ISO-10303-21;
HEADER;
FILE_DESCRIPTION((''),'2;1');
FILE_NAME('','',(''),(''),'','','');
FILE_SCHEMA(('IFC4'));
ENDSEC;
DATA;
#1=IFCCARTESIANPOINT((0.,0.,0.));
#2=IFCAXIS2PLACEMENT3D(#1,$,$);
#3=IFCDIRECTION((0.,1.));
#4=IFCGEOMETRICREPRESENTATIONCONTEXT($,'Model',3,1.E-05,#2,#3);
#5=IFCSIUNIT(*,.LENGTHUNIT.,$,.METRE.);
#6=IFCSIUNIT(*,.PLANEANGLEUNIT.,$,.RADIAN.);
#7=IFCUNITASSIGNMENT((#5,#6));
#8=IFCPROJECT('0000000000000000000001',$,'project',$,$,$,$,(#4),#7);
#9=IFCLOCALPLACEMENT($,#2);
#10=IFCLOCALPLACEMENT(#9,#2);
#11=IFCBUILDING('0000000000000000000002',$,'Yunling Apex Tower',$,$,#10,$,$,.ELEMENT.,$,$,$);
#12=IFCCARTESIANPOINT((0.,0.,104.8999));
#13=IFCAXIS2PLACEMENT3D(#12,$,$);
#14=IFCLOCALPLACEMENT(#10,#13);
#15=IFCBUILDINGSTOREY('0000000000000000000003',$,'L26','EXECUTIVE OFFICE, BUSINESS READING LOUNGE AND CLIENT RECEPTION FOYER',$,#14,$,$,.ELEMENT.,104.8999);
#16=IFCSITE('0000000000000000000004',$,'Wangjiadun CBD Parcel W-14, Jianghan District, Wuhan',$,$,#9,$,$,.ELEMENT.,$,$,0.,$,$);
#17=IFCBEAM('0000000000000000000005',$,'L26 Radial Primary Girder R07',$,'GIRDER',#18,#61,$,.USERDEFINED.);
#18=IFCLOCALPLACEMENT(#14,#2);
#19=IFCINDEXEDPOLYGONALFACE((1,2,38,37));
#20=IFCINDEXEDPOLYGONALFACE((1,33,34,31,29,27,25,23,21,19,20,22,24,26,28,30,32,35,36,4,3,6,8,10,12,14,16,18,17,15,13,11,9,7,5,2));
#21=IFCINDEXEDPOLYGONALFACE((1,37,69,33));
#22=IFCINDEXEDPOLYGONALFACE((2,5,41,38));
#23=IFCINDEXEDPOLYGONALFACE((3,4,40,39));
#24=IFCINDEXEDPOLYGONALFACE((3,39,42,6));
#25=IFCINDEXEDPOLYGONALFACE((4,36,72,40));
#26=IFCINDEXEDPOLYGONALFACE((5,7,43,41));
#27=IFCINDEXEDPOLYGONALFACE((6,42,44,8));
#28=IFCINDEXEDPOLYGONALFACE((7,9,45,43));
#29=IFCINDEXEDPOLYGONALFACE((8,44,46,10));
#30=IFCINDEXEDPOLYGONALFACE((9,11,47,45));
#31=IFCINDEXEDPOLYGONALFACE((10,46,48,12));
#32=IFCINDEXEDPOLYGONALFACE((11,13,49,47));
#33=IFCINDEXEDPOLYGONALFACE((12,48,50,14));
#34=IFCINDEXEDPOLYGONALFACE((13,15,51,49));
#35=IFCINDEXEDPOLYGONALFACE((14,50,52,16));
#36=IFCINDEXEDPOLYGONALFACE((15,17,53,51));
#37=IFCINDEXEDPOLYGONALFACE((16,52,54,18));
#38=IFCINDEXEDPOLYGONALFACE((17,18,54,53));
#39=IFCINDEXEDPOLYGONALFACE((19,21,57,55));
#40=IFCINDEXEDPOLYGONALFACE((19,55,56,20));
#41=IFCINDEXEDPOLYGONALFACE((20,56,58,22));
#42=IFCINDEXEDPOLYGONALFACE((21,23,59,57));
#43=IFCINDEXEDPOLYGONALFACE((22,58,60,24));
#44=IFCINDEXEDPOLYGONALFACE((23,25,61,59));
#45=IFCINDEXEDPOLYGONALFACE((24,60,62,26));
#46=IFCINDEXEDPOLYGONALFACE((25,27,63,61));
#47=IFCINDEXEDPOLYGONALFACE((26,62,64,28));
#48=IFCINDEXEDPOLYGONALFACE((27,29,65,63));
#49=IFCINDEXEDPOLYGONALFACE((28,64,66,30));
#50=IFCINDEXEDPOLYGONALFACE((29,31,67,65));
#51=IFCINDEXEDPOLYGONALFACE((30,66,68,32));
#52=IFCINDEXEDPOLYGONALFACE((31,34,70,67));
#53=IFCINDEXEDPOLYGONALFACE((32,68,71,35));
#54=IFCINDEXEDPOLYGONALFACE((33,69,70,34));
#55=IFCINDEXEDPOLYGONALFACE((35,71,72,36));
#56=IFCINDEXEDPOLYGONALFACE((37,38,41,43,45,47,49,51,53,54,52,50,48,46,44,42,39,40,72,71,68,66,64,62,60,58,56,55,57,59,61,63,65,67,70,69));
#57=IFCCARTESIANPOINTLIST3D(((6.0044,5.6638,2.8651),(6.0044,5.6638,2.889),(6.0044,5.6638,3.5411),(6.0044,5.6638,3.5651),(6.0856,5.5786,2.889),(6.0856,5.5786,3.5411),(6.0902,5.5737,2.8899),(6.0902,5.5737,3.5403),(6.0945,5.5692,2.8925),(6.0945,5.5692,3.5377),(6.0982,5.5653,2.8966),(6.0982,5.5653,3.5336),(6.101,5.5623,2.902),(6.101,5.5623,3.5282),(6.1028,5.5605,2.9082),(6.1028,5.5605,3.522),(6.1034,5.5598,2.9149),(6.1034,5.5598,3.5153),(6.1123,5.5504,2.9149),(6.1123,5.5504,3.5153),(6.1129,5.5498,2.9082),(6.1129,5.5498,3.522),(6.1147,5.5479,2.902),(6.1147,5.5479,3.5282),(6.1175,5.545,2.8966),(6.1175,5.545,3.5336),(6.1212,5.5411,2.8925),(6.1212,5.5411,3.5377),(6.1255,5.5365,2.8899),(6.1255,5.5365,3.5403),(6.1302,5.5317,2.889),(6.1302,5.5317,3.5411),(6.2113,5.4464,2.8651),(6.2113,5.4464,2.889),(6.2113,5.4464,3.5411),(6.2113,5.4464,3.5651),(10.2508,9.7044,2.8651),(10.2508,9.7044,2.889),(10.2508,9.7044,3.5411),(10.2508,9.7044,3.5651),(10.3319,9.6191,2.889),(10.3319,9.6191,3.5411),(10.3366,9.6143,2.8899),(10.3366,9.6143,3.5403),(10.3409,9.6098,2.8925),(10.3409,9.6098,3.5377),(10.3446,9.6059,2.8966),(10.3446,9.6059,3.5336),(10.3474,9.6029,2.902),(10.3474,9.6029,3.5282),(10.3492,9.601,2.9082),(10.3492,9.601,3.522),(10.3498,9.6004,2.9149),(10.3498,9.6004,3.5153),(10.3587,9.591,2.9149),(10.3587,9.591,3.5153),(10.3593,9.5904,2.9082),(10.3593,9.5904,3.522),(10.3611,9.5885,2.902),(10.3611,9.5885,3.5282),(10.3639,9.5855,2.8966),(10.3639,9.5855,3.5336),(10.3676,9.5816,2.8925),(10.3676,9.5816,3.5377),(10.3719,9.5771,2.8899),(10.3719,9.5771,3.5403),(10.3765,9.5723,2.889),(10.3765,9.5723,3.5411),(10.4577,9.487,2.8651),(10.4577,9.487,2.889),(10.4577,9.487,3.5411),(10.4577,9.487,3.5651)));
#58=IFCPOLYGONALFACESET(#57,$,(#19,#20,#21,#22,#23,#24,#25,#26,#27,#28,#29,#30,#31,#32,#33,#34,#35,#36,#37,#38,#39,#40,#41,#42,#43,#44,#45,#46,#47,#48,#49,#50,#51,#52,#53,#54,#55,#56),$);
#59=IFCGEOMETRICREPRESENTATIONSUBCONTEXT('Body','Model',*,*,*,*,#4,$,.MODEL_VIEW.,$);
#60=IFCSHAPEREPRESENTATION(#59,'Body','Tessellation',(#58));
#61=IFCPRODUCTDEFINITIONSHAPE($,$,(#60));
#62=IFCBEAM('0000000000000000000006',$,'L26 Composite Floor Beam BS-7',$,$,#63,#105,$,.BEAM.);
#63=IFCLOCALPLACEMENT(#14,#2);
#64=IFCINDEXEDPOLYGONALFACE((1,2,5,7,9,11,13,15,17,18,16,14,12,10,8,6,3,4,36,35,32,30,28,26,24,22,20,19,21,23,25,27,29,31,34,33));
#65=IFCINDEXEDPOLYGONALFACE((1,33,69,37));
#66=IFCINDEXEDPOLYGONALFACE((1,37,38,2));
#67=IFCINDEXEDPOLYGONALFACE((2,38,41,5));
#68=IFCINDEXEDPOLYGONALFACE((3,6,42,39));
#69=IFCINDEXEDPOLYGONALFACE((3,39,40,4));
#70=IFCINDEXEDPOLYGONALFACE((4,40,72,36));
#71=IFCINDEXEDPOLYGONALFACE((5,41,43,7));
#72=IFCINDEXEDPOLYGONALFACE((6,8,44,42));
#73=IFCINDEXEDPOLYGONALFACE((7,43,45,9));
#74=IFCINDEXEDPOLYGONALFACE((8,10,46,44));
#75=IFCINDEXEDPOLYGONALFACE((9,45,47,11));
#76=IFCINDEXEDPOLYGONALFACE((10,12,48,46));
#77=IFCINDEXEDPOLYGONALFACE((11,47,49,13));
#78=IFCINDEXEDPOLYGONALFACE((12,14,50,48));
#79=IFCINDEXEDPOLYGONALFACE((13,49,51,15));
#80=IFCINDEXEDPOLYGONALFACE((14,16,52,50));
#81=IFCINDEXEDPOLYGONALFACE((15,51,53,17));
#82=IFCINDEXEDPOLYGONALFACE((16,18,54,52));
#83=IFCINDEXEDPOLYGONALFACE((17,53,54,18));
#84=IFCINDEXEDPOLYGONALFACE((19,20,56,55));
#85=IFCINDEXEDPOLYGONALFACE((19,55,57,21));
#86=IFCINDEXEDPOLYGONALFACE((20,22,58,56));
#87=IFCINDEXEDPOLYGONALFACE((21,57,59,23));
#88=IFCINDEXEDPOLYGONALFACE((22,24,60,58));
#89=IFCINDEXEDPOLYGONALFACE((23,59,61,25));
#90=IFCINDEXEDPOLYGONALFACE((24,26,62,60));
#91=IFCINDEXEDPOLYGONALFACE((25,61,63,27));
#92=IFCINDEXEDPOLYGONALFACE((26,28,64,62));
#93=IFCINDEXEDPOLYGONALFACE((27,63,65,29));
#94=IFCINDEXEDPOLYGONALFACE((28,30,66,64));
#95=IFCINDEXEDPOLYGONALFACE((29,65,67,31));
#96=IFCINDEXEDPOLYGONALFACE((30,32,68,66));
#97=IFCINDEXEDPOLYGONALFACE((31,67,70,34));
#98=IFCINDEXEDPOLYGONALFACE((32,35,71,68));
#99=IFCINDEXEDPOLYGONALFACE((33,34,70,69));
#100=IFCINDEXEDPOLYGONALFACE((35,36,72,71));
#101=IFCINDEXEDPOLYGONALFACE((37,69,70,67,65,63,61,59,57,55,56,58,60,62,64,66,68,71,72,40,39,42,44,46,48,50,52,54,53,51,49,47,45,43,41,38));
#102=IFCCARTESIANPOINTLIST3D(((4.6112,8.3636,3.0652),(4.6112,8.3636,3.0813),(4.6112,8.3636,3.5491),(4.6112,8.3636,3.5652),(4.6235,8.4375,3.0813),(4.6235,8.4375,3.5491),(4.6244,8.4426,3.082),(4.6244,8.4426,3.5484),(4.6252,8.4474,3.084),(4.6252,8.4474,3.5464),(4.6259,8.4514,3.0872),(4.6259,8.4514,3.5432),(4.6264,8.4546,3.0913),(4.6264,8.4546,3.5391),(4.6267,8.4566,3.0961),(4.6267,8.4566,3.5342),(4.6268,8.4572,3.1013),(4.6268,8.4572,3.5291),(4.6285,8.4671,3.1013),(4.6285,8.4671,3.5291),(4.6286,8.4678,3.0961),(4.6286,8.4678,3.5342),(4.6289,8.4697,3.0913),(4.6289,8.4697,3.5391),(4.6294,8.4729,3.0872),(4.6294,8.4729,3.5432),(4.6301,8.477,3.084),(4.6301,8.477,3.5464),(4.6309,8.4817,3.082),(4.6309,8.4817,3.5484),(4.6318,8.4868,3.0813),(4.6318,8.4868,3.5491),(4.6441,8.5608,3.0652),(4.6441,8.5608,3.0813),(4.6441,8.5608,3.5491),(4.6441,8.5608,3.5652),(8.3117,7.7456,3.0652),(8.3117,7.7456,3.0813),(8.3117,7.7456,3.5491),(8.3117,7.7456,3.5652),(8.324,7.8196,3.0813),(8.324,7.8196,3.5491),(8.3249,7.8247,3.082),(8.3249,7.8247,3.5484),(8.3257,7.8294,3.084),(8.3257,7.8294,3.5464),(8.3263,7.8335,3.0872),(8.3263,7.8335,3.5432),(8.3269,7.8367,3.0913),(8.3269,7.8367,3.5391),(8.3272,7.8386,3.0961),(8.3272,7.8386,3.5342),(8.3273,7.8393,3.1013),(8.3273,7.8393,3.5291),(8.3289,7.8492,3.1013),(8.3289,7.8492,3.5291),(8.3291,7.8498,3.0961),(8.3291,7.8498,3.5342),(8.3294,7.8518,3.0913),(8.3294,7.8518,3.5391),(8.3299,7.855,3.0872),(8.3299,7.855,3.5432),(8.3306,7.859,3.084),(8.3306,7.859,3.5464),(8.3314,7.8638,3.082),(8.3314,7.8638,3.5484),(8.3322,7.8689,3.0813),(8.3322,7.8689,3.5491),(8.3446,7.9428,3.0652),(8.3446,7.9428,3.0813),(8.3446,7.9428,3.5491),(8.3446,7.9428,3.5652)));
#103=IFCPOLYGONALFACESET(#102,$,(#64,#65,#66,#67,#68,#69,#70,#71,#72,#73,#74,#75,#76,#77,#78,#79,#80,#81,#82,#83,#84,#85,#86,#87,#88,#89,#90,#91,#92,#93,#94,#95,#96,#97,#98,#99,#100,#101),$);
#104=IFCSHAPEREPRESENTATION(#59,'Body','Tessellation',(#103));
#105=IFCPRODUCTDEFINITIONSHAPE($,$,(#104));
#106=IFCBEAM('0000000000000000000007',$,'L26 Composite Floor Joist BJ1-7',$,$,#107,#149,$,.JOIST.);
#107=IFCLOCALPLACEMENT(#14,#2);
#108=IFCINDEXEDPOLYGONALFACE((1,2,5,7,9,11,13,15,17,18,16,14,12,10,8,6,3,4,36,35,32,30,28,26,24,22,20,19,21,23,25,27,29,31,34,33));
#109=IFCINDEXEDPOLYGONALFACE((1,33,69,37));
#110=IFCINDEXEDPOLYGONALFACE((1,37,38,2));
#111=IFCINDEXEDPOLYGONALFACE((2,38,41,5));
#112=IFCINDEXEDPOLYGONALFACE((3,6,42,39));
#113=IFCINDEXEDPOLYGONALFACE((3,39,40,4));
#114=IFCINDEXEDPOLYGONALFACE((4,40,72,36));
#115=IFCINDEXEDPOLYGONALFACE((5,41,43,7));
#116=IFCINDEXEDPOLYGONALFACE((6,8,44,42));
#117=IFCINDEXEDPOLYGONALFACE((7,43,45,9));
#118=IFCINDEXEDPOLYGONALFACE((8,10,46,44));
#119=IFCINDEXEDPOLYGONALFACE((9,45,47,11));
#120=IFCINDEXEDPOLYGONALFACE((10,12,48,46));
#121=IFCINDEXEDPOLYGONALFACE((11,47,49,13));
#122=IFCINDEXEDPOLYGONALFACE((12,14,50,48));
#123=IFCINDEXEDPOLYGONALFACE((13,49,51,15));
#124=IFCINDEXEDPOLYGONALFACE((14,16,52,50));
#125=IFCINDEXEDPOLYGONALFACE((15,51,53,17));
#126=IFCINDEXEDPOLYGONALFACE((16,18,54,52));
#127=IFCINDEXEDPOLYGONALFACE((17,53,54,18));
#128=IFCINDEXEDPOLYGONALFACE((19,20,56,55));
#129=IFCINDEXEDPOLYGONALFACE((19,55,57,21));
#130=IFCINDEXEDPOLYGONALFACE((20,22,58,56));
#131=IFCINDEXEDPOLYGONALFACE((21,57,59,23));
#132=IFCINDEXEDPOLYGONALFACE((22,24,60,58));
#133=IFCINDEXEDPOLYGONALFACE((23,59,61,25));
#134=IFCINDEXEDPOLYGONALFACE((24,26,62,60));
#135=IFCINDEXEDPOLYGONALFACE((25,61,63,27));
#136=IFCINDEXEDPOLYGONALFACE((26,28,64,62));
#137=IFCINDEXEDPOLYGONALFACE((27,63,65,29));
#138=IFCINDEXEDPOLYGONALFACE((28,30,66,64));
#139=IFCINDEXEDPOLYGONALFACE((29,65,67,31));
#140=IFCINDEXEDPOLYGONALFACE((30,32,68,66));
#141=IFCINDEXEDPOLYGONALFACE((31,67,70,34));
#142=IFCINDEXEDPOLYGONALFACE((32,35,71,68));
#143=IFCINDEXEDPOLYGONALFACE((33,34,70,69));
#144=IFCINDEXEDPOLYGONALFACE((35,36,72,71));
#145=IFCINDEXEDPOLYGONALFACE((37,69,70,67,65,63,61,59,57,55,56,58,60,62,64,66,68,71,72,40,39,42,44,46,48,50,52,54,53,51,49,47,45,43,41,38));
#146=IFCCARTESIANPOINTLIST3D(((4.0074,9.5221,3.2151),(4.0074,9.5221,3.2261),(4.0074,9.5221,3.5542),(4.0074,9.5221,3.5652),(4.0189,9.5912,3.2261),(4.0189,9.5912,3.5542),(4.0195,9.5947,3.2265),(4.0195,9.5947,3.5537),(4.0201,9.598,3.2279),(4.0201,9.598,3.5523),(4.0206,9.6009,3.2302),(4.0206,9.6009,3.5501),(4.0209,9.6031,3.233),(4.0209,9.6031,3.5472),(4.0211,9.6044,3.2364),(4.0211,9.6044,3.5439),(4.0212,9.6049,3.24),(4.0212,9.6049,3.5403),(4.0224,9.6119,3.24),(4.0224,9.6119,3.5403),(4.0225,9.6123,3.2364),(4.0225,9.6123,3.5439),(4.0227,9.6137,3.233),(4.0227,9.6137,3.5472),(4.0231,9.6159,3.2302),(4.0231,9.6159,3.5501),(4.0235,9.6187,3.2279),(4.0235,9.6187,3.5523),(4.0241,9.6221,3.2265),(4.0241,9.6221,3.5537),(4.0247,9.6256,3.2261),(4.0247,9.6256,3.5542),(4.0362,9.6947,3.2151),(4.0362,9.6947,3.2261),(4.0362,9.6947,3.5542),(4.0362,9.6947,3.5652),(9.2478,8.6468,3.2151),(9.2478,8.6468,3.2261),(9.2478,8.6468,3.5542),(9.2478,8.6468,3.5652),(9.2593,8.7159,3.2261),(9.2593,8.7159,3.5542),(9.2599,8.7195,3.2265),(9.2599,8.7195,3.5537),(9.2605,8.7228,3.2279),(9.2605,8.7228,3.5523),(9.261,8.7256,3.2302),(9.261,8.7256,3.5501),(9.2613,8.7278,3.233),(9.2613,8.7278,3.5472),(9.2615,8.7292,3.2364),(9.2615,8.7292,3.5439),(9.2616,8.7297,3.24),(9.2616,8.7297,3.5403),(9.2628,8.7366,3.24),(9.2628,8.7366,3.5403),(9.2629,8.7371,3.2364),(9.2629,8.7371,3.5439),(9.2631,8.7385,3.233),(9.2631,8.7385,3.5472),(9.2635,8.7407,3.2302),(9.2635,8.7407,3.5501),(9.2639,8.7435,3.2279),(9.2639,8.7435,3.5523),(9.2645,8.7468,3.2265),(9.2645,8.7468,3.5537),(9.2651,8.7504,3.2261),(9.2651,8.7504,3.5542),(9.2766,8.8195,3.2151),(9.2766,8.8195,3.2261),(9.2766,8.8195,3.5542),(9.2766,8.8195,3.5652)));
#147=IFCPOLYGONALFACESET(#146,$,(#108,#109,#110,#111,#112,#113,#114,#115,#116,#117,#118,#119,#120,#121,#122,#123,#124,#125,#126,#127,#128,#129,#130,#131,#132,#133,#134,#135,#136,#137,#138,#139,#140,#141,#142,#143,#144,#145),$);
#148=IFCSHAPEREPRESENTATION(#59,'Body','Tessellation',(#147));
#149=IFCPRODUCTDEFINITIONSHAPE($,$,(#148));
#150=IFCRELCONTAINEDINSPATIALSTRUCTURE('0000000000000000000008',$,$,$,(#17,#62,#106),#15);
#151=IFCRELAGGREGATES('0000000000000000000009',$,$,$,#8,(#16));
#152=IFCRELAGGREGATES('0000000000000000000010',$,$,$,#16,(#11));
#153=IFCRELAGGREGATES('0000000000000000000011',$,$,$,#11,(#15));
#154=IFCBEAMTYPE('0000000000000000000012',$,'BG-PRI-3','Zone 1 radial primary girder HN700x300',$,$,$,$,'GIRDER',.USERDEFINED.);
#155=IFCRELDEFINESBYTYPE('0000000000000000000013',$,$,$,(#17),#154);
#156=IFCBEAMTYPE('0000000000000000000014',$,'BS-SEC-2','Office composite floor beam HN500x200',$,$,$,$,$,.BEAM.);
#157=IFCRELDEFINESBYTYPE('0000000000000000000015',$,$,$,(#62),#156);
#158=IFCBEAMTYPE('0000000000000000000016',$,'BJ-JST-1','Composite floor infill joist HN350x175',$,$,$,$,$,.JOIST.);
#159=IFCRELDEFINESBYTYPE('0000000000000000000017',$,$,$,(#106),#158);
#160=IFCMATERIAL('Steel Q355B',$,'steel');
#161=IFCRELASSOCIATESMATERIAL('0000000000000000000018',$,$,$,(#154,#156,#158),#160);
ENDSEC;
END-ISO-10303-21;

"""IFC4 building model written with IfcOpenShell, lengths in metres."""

from ifc_helpers import new_model, si_unit, direction, frame, origin, origin_2d, place, context, subcontext, project, spatial, i_section, extrude, source, transform, mapped, material, material_profile, profile_set, type_object, element, save


model = new_model("IFC4")

# Units and contexts
model_context = context("Model", 3, precision=1e-05, world=origin(), true_north=direction((0.0, 1.0)))
body_context = subcontext(model_context, "Body", "Model", "MODEL_VIEW")
ifc_project = project(units=[si_unit("LENGTHUNIT", "METRE"), si_unit("PLANEANGLEUNIT", "RADIAN")], contexts=[model_context])

# Site, building, storey
site_placement = place(None, origin())
site = spatial("IfcSite", under=ifc_project, at=site_placement, Name="Wangjiadun CBD Parcel W-14, Jianghan District, Wuhan", CompositionType="ELEMENT", RefElevation=0.0)
building_placement = place(site_placement, origin())
building = spatial("IfcBuilding", under=site, at=building_placement, Name="Yunling Apex Tower", CompositionType="ELEMENT")
storey_placement = place(building_placement, frame((0.0, 0.0, 104.8999)))
storey = spatial("IfcBuildingStorey", under=building, at=storey_placement, Name="L26", Description="EXECUTIVE OFFICE, BUSINESS READING LOUNGE AND CLIENT RECEPTION FOYER", CompositionType="ELEMENT", Elevation=104.8999)

# Beams
ifc_material_1 = material(Name="Steel Q355B", Category="steel")
ifc_material_profile_1 = material_profile(ifc_material_1, i_section(OverallWidth=0.3, OverallDepth=0.7, WebThickness=0.0129, FlangeThickness=0.0239, FilletRadius=0.0259, at=origin_2d()))
ifc_profile_set_1 = profile_set([ifc_material_profile_1], Name="Steel Q355B")
beam_type_1 = type_object("IfcBeamType", Name="BG-PRI-3", Description="Zone 1 radial primary girder HN700x300", ElementType="GIRDER", PredefinedType="USERDEFINED", material=ifc_profile_set_1)
shared_shape_1 = source(origin(), body_context, "Body", "SweptSolid", [
    extrude(i_section(OverallWidth=0.3, OverallDepth=0.7, WebThickness=0.0129, FlangeThickness=0.0239, FilletRadius=0.0259, at=origin_2d()), origin(), (0.0, 0.0, 1.0), 5.8616),
])
beam_1_placement = place(storey_placement, frame((10.3542, 9.5957, 3.2151), z_axis=(-0.724445, -0.689333, 0.0), x_axis=(0.689333, -0.724445, 0.0)))
element("IfcBeam", 1, at=beam_1_placement, inside=storey, type_object=beam_type_1, Name="L26 Radial Primary Girder R07", ObjectType="GIRDER", PredefinedType="USERDEFINED", context=body_context, shape_type="MappedRepresentation", body=[
    mapped(shared_shape_1, transform((0.0, 0.0, 0.0), scale=1.0)),
])
ifc_material_profile_2 = material_profile(ifc_material_1, i_section(OverallWidth=0.2, OverallDepth=0.5, WebThickness=0.01, FlangeThickness=0.0161, FilletRadius=0.02, at=origin_2d()))
ifc_profile_set_2 = profile_set([ifc_material_profile_2], Name="Steel Q355B")
beam_type_2 = type_object("IfcBeamType", Name="BS-SEC-2", Description="Office composite floor beam HN500x200", PredefinedType="BEAM", material=ifc_profile_set_2)
shared_shape_2 = source(origin(), body_context, "Body", "SweptSolid", [
    extrude(i_section(OverallWidth=0.2, OverallDepth=0.5, WebThickness=0.01, FlangeThickness=0.0161, FilletRadius=0.02, at=origin_2d()), origin(), (0.0, 0.0, 1.0), 3.7517),
])
beam_2_placement = place(storey_placement, frame((8.3281, 7.8442, 3.3152), z_axis=(-0.986343, 0.164705, 0.0), x_axis=(-0.164705, -0.986343, 0.0)))
element("IfcBeam", 2, at=beam_2_placement, inside=storey, type_object=beam_type_2, Name="L26 Composite Floor Beam BS-7", PredefinedType="BEAM", context=body_context, shape_type="MappedRepresentation", body=[
    mapped(shared_shape_2, transform((0.0, 0.0, 0.0), scale=1.0)),
])
ifc_material_profile_3 = material_profile(ifc_material_1, i_section(OverallWidth=0.175, OverallDepth=0.3501, WebThickness=0.0071, FlangeThickness=0.011, FilletRadius=0.0139, at=origin_2d()))
ifc_profile_set_3 = profile_set([ifc_material_profile_3], Name="Steel Q355B")
beam_type_3 = type_object("IfcBeamType", Name="BJ-JST-1", Description="Composite floor infill joist HN350x175", PredefinedType="JOIST", material=ifc_profile_set_3)
shared_shape_3 = source(origin(), body_context, "Body", "SweptSolid", [
    extrude(i_section(OverallWidth=0.175, OverallDepth=0.3501, WebThickness=0.0071, FlangeThickness=0.011, FilletRadius=0.0139, at=origin_2d()), origin(), (0.0, 0.0, 1.0), 5.313),
])
beam_3_placement = place(storey_placement, frame((9.2622, 8.7332, 3.3901), z_axis=(-0.986338, 0.164734, 0.0), x_axis=(-0.164734, -0.986338, 0.0)))
element("IfcBeam", 3, at=beam_3_placement, inside=storey, type_object=beam_type_3, Name="L26 Composite Floor Joist BJ1-7", PredefinedType="JOIST", context=body_context, shape_type="MappedRepresentation", body=[
    mapped(shared_shape_3, transform((0.0, 0.0, 0.0), scale=1.0)),
])

save(model, "model.ifc")
